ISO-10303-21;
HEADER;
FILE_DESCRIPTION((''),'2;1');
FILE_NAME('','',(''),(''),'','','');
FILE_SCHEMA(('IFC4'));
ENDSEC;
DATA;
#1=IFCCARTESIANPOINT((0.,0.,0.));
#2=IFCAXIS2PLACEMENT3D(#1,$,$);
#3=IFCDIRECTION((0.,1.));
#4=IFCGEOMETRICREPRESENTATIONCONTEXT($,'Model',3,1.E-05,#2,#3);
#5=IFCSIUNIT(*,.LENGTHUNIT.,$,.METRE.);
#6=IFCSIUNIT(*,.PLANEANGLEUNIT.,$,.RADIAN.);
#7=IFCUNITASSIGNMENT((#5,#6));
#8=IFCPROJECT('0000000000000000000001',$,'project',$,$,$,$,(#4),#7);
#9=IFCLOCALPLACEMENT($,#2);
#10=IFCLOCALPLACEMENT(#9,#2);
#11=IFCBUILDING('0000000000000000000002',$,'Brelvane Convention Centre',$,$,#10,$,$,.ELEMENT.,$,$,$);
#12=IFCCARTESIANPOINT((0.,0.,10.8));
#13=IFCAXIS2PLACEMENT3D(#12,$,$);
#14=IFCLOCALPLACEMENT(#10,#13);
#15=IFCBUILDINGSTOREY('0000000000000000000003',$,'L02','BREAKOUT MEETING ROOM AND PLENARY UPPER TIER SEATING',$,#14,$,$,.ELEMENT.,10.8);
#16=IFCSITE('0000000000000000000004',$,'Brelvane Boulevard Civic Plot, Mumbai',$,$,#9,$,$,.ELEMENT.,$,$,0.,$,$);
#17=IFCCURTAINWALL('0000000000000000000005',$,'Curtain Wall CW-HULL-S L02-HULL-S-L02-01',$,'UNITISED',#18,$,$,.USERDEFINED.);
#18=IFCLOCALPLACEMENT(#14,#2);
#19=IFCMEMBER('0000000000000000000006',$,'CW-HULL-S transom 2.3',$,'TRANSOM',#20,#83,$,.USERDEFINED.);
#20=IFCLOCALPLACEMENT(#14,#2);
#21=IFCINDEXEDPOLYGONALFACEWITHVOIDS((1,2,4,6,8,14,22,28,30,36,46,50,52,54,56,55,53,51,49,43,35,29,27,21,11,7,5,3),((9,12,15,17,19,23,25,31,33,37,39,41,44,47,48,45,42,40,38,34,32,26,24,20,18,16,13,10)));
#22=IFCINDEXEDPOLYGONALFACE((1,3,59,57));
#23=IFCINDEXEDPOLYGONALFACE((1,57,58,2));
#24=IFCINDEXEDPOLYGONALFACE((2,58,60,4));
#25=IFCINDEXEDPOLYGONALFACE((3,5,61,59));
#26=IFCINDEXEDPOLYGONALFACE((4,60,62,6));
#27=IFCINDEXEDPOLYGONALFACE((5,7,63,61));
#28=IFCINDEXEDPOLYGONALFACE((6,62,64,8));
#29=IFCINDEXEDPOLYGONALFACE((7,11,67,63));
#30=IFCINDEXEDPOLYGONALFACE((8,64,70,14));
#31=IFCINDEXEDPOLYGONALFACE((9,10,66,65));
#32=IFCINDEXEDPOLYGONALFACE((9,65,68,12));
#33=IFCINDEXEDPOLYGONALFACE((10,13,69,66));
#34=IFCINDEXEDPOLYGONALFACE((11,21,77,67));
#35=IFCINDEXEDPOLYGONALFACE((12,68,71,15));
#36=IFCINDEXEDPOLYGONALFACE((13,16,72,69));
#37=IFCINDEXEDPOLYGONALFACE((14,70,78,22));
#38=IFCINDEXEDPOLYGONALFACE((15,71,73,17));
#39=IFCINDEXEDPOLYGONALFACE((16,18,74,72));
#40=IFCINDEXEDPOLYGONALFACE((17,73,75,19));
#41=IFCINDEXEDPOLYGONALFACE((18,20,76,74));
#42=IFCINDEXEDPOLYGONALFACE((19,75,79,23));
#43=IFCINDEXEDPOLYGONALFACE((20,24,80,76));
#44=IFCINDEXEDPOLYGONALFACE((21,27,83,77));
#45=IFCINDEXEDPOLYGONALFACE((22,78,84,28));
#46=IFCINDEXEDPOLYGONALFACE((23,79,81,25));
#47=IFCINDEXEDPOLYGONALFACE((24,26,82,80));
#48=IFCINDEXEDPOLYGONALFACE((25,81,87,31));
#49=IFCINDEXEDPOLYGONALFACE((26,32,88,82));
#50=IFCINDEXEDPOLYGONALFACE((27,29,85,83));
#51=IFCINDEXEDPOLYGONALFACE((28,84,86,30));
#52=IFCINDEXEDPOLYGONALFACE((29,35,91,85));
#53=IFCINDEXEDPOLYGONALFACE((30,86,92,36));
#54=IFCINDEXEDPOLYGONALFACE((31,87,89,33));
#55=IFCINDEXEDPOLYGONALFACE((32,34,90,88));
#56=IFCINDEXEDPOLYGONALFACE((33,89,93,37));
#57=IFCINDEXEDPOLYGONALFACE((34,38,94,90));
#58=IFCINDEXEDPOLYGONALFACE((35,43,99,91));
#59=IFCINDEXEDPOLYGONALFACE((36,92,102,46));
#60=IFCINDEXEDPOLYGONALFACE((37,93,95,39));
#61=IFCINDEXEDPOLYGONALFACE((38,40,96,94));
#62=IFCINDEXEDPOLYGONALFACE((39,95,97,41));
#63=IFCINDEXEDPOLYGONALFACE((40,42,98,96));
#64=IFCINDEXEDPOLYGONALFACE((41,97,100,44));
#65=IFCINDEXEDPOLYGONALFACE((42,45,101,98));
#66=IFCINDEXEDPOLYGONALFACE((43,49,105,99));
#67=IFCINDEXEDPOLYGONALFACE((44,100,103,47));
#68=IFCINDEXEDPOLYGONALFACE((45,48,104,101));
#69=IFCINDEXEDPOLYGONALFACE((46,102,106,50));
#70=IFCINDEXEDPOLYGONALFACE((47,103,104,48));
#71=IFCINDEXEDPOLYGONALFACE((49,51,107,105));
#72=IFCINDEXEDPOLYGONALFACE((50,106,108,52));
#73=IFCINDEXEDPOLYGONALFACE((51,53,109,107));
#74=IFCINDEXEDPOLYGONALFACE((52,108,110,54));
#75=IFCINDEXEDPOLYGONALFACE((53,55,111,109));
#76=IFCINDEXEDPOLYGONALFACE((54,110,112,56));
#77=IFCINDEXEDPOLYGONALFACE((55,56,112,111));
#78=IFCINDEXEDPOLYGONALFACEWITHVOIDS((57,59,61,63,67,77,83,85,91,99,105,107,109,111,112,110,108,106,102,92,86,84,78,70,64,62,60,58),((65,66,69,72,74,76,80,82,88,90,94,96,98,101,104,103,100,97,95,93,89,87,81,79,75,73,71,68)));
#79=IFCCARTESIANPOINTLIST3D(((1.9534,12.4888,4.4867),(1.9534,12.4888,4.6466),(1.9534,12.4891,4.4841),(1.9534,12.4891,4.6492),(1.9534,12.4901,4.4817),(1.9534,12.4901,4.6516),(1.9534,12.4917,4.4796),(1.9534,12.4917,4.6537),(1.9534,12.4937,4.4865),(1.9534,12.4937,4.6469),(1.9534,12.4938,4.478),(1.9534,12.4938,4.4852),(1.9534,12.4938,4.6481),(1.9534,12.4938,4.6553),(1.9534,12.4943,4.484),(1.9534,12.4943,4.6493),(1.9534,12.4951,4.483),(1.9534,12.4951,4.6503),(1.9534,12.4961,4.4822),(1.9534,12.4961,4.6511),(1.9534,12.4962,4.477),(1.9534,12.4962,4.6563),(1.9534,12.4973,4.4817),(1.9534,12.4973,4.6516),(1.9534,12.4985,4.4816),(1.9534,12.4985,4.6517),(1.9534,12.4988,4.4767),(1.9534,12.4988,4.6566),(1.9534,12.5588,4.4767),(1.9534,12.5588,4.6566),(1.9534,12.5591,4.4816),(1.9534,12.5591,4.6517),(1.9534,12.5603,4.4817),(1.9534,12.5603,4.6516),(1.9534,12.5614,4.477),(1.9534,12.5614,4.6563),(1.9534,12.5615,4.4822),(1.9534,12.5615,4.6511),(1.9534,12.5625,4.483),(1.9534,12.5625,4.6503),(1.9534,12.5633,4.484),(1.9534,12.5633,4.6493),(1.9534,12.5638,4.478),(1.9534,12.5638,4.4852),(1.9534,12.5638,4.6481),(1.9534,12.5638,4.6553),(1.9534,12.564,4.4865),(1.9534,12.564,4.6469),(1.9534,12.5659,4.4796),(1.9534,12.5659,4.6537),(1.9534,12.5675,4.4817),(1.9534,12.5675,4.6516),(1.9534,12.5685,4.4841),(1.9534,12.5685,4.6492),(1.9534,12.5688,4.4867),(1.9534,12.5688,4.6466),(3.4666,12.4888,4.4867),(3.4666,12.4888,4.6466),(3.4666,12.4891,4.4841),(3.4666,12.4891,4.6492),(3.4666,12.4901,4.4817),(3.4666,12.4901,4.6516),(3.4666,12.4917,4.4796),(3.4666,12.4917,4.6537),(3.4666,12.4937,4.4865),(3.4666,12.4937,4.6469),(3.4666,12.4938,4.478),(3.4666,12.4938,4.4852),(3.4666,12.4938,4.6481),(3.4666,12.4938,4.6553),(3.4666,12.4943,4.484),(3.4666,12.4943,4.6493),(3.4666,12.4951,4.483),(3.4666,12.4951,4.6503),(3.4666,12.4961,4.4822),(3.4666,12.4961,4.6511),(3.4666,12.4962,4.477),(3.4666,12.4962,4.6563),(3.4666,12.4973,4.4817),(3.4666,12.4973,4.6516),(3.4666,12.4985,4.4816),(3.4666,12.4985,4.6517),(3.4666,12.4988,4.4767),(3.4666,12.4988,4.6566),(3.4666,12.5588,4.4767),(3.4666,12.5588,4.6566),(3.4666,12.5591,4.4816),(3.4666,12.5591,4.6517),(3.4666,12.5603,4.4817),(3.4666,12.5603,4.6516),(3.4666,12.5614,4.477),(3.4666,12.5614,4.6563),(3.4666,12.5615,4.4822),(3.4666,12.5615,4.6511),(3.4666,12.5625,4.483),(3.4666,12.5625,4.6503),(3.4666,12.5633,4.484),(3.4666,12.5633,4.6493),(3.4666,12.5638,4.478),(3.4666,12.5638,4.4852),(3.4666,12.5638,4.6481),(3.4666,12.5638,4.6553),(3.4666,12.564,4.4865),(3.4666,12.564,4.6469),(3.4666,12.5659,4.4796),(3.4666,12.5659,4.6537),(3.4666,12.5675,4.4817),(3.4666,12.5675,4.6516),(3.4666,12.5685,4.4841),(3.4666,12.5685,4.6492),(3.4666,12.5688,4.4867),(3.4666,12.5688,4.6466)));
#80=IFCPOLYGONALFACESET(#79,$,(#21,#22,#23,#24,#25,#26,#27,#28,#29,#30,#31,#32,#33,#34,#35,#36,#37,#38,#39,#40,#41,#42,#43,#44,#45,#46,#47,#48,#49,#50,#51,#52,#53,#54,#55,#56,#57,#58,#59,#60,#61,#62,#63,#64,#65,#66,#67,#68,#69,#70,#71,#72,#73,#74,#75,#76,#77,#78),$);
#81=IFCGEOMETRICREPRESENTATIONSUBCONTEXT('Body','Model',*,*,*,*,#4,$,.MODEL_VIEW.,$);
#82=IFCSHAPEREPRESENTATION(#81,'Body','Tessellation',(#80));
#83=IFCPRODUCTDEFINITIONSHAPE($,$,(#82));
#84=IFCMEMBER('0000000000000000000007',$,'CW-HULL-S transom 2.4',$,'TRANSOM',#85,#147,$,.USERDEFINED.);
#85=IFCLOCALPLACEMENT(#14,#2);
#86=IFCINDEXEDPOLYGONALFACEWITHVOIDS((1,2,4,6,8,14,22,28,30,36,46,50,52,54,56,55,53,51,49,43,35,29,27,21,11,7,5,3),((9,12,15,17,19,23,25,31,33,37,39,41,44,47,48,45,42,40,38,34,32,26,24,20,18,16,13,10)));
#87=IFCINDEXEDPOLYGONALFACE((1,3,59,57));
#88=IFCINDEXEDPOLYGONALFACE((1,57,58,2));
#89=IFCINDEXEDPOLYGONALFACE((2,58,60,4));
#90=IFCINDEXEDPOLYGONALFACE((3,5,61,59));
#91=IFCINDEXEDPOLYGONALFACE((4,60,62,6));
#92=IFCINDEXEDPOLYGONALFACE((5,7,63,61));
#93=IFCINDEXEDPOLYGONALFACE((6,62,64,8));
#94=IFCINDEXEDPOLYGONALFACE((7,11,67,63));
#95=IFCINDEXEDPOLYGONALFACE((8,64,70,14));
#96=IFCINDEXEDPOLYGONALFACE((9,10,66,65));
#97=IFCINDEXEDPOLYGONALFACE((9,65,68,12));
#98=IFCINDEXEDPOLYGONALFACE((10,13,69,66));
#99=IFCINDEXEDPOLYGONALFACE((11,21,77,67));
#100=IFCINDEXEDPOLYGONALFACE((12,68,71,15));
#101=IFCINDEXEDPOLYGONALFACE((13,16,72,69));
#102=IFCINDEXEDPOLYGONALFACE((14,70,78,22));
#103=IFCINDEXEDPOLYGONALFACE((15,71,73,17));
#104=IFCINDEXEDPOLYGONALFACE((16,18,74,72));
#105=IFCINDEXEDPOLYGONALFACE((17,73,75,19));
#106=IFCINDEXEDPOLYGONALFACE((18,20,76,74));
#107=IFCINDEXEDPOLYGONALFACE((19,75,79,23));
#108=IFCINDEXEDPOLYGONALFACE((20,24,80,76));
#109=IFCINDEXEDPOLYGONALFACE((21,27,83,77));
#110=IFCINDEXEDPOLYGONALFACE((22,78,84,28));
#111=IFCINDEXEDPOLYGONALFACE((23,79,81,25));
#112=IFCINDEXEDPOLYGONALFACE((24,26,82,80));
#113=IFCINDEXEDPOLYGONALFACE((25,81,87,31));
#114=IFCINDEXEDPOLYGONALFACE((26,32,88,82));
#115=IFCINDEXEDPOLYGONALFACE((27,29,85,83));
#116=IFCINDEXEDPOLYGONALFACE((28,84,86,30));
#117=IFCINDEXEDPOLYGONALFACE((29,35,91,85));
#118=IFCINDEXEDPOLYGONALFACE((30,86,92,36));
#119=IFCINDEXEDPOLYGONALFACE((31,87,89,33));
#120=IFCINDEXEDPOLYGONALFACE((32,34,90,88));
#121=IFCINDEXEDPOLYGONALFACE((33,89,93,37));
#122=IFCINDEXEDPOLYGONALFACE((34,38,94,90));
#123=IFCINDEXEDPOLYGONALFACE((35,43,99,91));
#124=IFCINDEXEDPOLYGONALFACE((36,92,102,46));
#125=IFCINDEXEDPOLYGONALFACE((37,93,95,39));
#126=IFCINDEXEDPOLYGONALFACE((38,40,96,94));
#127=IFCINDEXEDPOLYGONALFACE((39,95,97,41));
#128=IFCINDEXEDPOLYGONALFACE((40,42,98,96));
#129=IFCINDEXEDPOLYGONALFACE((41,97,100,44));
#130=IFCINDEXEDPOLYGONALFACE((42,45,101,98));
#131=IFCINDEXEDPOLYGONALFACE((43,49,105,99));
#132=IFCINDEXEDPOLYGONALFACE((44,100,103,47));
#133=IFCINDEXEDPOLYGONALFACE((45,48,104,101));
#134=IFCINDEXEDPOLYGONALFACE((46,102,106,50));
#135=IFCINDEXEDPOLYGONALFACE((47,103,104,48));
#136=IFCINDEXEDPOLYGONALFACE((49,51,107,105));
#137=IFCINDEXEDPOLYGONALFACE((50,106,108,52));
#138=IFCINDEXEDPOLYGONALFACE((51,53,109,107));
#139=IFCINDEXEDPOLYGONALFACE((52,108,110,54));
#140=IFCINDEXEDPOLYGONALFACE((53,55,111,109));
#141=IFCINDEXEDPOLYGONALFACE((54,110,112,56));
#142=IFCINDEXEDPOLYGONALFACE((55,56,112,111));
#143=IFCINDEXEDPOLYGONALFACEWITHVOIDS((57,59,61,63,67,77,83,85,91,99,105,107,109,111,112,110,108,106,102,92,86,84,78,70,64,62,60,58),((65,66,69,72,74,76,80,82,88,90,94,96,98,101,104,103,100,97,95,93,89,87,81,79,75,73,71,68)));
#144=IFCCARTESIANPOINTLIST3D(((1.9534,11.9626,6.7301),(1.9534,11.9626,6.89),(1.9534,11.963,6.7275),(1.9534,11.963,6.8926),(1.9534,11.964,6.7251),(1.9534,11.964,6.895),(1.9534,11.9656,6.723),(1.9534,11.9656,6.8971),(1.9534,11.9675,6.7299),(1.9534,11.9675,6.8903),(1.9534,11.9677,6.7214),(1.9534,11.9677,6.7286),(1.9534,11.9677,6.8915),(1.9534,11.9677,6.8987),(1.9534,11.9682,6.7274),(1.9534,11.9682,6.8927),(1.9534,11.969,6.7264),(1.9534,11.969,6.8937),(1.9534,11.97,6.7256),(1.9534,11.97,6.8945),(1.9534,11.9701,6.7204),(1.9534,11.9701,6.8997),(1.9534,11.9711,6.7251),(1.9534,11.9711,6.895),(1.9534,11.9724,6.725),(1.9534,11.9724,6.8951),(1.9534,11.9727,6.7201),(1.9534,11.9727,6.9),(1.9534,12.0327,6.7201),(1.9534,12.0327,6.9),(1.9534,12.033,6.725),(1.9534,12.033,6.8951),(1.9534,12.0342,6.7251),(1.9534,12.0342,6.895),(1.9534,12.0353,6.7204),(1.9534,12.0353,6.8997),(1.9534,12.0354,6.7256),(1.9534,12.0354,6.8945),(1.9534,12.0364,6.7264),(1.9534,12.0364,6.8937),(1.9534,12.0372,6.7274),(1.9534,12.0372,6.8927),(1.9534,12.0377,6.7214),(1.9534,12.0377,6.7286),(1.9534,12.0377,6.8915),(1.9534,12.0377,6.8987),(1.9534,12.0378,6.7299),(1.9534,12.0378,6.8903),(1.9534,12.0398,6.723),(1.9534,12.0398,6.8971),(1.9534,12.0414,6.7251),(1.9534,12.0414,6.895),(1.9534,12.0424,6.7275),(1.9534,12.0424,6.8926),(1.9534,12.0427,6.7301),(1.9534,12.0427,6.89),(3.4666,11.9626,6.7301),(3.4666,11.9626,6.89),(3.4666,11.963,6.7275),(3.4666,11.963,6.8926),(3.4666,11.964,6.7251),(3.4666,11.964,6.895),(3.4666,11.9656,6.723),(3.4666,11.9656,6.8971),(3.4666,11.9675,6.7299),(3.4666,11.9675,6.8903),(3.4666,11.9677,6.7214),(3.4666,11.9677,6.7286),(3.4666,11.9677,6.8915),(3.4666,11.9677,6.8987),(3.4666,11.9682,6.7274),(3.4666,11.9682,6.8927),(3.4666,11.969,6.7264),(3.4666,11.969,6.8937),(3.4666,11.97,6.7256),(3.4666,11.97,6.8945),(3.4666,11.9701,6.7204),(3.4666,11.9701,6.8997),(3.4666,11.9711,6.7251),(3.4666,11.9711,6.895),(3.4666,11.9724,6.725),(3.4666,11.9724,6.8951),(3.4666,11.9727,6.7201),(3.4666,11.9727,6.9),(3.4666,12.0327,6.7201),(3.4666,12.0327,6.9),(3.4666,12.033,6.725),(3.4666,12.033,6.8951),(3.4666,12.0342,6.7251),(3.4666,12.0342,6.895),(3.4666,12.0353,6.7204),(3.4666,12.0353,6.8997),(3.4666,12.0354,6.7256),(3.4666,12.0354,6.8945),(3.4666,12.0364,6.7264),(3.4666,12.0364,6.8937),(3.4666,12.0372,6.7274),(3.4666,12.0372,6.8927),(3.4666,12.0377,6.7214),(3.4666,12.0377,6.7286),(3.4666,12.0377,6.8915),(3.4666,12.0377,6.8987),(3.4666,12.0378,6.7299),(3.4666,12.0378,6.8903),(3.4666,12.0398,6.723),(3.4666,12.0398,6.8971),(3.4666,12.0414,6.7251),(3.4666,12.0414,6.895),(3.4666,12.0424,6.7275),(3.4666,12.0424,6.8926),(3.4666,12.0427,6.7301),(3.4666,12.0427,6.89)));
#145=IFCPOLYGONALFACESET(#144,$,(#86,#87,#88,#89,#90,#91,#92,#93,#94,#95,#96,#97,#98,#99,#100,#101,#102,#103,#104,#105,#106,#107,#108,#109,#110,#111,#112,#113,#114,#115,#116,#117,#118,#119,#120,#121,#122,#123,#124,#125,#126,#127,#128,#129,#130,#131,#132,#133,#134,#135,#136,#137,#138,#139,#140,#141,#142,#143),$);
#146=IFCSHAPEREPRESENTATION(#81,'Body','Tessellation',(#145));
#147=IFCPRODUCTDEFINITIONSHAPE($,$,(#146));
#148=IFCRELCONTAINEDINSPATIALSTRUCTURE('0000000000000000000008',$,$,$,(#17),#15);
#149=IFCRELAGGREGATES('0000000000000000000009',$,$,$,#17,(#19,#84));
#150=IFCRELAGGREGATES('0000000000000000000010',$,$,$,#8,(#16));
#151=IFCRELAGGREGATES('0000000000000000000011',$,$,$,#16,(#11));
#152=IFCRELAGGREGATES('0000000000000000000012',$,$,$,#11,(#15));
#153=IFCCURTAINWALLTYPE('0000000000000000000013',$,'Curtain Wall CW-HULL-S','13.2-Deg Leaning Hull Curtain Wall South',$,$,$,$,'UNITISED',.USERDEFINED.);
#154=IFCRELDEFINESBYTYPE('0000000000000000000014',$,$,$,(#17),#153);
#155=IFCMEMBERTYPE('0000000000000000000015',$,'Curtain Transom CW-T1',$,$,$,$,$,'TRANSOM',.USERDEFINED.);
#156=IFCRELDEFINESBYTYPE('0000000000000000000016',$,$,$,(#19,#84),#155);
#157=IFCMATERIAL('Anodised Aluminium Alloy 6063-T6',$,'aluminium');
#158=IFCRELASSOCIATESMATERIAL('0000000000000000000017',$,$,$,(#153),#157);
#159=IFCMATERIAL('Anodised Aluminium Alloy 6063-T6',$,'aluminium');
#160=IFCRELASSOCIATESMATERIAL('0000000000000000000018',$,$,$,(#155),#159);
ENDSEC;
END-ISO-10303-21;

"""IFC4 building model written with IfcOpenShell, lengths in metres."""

from ifc_helpers import new_model, si_unit, direction, frame, origin, origin_2d, place, context, subcontext, project, spatial, hollow_rectangle, extrude, material, material_profile, profile_set, type_object, element, aggregate, save


model = new_model("IFC4")

# Units and contexts
model_context = context("Model", 3, precision=1e-05, world=origin(), true_north=direction((0.0, 1.0)))
body_context = subcontext(model_context, "Body", "Model", "MODEL_VIEW")
ifc_project = project(units=[si_unit("LENGTHUNIT", "METRE"), si_unit("PLANEANGLEUNIT", "RADIAN")], contexts=[model_context])

# Site, building, storey
site_placement = place(None, origin())
site = spatial("IfcSite", under=ifc_project, at=site_placement, Name="Brelvane Boulevard Civic Plot, Mumbai", CompositionType="ELEMENT", RefElevation=0.0)
building_placement = place(site_placement, origin())
building = spatial("IfcBuilding", under=site, at=building_placement, Name="Brelvane Convention Centre", CompositionType="ELEMENT")
storey_placement = place(building_placement, frame((0.0, 0.0, 10.8)))
storey = spatial("IfcBuildingStorey", under=building, at=storey_placement, Name="L02", Description="BREAKOUT MEETING ROOM AND PLENARY UPPER TIER SEATING", CompositionType="ELEMENT", Elevation=10.8)

# Curtain wall, members
ifc_material_1 = material(Name="Anodised Aluminium Alloy 6063-T6", Category="aluminium")
curtain_wall_type = type_object("IfcCurtainWallType", Name="Curtain Wall CW-HULL-S", Description="13.2-Deg Leaning Hull Curtain Wall South", ElementType="UNITISED", PredefinedType="USERDEFINED", material=ifc_material_1)
curtain_wall_placement = place(storey_placement, origin())
curtain_wall = element("IfcCurtainWall", 1, at=curtain_wall_placement, inside=storey, type_object=curtain_wall_type, Name="Curtain Wall CW-HULL-S L02-HULL-S-L02-01", ObjectType="UNITISED", PredefinedType="USERDEFINED")
ifc_material_2 = material(Name="Anodised Aluminium Alloy 6063-T6", Category="aluminium")
ifc_material_profile = material_profile(ifc_material_2, hollow_rectangle(XDim=0.0801, YDim=0.1799, WallThickness=0.0049, InnerFilletRadius=0.0049, OuterFilletRadius=0.01, at=origin_2d()), Name="ALU-T 180x80x5.0")
ifc_profile_set = profile_set([ifc_material_profile], Name="Anodised Aluminium Alloy 6063-T6")
member_type = type_object("IfcMemberType", Name="Curtain Transom CW-T1", ElementType="TRANSOM", PredefinedType="USERDEFINED", material=ifc_profile_set)
member_1_placement = place(storey_placement, frame((1.9534, 12.5288, 4.5667), z_axis=(1.0, 0.0, 0.0), x_axis=(0.0, 1.0, 0.0)))
member_1 = element("IfcMember", 2, at=member_1_placement, type_object=member_type, Name="CW-HULL-S transom 2.3", ObjectType="TRANSOM", PredefinedType="USERDEFINED", context=body_context, shape_type="SweptSolid", body=[
    extrude(hollow_rectangle(XDim=0.0801, YDim=0.1799, WallThickness=0.0049, InnerFilletRadius=0.0049, OuterFilletRadius=0.01, at=origin_2d()), origin(), (0.0, 0.0, 1.0), 1.5132),
])
member_2_placement = place(storey_placement, frame((1.9534, 12.0027, 6.8101), z_axis=(1.0, 0.0, 0.0), x_axis=(0.0, 1.0, 0.0)))
member_2 = element("IfcMember", 3, at=member_2_placement, type_object=member_type, Name="CW-HULL-S transom 2.4", ObjectType="TRANSOM", PredefinedType="USERDEFINED", context=body_context, shape_type="SweptSolid", body=[
    extrude(hollow_rectangle(XDim=0.0801, YDim=0.1799, WallThickness=0.0049, InnerFilletRadius=0.0049, OuterFilletRadius=0.01, at=origin_2d()), origin(), (0.0, 0.0, 1.0), 1.5132),
])
aggregate(curtain_wall, [member_1, member_2])

save(model, "model.ifc")
